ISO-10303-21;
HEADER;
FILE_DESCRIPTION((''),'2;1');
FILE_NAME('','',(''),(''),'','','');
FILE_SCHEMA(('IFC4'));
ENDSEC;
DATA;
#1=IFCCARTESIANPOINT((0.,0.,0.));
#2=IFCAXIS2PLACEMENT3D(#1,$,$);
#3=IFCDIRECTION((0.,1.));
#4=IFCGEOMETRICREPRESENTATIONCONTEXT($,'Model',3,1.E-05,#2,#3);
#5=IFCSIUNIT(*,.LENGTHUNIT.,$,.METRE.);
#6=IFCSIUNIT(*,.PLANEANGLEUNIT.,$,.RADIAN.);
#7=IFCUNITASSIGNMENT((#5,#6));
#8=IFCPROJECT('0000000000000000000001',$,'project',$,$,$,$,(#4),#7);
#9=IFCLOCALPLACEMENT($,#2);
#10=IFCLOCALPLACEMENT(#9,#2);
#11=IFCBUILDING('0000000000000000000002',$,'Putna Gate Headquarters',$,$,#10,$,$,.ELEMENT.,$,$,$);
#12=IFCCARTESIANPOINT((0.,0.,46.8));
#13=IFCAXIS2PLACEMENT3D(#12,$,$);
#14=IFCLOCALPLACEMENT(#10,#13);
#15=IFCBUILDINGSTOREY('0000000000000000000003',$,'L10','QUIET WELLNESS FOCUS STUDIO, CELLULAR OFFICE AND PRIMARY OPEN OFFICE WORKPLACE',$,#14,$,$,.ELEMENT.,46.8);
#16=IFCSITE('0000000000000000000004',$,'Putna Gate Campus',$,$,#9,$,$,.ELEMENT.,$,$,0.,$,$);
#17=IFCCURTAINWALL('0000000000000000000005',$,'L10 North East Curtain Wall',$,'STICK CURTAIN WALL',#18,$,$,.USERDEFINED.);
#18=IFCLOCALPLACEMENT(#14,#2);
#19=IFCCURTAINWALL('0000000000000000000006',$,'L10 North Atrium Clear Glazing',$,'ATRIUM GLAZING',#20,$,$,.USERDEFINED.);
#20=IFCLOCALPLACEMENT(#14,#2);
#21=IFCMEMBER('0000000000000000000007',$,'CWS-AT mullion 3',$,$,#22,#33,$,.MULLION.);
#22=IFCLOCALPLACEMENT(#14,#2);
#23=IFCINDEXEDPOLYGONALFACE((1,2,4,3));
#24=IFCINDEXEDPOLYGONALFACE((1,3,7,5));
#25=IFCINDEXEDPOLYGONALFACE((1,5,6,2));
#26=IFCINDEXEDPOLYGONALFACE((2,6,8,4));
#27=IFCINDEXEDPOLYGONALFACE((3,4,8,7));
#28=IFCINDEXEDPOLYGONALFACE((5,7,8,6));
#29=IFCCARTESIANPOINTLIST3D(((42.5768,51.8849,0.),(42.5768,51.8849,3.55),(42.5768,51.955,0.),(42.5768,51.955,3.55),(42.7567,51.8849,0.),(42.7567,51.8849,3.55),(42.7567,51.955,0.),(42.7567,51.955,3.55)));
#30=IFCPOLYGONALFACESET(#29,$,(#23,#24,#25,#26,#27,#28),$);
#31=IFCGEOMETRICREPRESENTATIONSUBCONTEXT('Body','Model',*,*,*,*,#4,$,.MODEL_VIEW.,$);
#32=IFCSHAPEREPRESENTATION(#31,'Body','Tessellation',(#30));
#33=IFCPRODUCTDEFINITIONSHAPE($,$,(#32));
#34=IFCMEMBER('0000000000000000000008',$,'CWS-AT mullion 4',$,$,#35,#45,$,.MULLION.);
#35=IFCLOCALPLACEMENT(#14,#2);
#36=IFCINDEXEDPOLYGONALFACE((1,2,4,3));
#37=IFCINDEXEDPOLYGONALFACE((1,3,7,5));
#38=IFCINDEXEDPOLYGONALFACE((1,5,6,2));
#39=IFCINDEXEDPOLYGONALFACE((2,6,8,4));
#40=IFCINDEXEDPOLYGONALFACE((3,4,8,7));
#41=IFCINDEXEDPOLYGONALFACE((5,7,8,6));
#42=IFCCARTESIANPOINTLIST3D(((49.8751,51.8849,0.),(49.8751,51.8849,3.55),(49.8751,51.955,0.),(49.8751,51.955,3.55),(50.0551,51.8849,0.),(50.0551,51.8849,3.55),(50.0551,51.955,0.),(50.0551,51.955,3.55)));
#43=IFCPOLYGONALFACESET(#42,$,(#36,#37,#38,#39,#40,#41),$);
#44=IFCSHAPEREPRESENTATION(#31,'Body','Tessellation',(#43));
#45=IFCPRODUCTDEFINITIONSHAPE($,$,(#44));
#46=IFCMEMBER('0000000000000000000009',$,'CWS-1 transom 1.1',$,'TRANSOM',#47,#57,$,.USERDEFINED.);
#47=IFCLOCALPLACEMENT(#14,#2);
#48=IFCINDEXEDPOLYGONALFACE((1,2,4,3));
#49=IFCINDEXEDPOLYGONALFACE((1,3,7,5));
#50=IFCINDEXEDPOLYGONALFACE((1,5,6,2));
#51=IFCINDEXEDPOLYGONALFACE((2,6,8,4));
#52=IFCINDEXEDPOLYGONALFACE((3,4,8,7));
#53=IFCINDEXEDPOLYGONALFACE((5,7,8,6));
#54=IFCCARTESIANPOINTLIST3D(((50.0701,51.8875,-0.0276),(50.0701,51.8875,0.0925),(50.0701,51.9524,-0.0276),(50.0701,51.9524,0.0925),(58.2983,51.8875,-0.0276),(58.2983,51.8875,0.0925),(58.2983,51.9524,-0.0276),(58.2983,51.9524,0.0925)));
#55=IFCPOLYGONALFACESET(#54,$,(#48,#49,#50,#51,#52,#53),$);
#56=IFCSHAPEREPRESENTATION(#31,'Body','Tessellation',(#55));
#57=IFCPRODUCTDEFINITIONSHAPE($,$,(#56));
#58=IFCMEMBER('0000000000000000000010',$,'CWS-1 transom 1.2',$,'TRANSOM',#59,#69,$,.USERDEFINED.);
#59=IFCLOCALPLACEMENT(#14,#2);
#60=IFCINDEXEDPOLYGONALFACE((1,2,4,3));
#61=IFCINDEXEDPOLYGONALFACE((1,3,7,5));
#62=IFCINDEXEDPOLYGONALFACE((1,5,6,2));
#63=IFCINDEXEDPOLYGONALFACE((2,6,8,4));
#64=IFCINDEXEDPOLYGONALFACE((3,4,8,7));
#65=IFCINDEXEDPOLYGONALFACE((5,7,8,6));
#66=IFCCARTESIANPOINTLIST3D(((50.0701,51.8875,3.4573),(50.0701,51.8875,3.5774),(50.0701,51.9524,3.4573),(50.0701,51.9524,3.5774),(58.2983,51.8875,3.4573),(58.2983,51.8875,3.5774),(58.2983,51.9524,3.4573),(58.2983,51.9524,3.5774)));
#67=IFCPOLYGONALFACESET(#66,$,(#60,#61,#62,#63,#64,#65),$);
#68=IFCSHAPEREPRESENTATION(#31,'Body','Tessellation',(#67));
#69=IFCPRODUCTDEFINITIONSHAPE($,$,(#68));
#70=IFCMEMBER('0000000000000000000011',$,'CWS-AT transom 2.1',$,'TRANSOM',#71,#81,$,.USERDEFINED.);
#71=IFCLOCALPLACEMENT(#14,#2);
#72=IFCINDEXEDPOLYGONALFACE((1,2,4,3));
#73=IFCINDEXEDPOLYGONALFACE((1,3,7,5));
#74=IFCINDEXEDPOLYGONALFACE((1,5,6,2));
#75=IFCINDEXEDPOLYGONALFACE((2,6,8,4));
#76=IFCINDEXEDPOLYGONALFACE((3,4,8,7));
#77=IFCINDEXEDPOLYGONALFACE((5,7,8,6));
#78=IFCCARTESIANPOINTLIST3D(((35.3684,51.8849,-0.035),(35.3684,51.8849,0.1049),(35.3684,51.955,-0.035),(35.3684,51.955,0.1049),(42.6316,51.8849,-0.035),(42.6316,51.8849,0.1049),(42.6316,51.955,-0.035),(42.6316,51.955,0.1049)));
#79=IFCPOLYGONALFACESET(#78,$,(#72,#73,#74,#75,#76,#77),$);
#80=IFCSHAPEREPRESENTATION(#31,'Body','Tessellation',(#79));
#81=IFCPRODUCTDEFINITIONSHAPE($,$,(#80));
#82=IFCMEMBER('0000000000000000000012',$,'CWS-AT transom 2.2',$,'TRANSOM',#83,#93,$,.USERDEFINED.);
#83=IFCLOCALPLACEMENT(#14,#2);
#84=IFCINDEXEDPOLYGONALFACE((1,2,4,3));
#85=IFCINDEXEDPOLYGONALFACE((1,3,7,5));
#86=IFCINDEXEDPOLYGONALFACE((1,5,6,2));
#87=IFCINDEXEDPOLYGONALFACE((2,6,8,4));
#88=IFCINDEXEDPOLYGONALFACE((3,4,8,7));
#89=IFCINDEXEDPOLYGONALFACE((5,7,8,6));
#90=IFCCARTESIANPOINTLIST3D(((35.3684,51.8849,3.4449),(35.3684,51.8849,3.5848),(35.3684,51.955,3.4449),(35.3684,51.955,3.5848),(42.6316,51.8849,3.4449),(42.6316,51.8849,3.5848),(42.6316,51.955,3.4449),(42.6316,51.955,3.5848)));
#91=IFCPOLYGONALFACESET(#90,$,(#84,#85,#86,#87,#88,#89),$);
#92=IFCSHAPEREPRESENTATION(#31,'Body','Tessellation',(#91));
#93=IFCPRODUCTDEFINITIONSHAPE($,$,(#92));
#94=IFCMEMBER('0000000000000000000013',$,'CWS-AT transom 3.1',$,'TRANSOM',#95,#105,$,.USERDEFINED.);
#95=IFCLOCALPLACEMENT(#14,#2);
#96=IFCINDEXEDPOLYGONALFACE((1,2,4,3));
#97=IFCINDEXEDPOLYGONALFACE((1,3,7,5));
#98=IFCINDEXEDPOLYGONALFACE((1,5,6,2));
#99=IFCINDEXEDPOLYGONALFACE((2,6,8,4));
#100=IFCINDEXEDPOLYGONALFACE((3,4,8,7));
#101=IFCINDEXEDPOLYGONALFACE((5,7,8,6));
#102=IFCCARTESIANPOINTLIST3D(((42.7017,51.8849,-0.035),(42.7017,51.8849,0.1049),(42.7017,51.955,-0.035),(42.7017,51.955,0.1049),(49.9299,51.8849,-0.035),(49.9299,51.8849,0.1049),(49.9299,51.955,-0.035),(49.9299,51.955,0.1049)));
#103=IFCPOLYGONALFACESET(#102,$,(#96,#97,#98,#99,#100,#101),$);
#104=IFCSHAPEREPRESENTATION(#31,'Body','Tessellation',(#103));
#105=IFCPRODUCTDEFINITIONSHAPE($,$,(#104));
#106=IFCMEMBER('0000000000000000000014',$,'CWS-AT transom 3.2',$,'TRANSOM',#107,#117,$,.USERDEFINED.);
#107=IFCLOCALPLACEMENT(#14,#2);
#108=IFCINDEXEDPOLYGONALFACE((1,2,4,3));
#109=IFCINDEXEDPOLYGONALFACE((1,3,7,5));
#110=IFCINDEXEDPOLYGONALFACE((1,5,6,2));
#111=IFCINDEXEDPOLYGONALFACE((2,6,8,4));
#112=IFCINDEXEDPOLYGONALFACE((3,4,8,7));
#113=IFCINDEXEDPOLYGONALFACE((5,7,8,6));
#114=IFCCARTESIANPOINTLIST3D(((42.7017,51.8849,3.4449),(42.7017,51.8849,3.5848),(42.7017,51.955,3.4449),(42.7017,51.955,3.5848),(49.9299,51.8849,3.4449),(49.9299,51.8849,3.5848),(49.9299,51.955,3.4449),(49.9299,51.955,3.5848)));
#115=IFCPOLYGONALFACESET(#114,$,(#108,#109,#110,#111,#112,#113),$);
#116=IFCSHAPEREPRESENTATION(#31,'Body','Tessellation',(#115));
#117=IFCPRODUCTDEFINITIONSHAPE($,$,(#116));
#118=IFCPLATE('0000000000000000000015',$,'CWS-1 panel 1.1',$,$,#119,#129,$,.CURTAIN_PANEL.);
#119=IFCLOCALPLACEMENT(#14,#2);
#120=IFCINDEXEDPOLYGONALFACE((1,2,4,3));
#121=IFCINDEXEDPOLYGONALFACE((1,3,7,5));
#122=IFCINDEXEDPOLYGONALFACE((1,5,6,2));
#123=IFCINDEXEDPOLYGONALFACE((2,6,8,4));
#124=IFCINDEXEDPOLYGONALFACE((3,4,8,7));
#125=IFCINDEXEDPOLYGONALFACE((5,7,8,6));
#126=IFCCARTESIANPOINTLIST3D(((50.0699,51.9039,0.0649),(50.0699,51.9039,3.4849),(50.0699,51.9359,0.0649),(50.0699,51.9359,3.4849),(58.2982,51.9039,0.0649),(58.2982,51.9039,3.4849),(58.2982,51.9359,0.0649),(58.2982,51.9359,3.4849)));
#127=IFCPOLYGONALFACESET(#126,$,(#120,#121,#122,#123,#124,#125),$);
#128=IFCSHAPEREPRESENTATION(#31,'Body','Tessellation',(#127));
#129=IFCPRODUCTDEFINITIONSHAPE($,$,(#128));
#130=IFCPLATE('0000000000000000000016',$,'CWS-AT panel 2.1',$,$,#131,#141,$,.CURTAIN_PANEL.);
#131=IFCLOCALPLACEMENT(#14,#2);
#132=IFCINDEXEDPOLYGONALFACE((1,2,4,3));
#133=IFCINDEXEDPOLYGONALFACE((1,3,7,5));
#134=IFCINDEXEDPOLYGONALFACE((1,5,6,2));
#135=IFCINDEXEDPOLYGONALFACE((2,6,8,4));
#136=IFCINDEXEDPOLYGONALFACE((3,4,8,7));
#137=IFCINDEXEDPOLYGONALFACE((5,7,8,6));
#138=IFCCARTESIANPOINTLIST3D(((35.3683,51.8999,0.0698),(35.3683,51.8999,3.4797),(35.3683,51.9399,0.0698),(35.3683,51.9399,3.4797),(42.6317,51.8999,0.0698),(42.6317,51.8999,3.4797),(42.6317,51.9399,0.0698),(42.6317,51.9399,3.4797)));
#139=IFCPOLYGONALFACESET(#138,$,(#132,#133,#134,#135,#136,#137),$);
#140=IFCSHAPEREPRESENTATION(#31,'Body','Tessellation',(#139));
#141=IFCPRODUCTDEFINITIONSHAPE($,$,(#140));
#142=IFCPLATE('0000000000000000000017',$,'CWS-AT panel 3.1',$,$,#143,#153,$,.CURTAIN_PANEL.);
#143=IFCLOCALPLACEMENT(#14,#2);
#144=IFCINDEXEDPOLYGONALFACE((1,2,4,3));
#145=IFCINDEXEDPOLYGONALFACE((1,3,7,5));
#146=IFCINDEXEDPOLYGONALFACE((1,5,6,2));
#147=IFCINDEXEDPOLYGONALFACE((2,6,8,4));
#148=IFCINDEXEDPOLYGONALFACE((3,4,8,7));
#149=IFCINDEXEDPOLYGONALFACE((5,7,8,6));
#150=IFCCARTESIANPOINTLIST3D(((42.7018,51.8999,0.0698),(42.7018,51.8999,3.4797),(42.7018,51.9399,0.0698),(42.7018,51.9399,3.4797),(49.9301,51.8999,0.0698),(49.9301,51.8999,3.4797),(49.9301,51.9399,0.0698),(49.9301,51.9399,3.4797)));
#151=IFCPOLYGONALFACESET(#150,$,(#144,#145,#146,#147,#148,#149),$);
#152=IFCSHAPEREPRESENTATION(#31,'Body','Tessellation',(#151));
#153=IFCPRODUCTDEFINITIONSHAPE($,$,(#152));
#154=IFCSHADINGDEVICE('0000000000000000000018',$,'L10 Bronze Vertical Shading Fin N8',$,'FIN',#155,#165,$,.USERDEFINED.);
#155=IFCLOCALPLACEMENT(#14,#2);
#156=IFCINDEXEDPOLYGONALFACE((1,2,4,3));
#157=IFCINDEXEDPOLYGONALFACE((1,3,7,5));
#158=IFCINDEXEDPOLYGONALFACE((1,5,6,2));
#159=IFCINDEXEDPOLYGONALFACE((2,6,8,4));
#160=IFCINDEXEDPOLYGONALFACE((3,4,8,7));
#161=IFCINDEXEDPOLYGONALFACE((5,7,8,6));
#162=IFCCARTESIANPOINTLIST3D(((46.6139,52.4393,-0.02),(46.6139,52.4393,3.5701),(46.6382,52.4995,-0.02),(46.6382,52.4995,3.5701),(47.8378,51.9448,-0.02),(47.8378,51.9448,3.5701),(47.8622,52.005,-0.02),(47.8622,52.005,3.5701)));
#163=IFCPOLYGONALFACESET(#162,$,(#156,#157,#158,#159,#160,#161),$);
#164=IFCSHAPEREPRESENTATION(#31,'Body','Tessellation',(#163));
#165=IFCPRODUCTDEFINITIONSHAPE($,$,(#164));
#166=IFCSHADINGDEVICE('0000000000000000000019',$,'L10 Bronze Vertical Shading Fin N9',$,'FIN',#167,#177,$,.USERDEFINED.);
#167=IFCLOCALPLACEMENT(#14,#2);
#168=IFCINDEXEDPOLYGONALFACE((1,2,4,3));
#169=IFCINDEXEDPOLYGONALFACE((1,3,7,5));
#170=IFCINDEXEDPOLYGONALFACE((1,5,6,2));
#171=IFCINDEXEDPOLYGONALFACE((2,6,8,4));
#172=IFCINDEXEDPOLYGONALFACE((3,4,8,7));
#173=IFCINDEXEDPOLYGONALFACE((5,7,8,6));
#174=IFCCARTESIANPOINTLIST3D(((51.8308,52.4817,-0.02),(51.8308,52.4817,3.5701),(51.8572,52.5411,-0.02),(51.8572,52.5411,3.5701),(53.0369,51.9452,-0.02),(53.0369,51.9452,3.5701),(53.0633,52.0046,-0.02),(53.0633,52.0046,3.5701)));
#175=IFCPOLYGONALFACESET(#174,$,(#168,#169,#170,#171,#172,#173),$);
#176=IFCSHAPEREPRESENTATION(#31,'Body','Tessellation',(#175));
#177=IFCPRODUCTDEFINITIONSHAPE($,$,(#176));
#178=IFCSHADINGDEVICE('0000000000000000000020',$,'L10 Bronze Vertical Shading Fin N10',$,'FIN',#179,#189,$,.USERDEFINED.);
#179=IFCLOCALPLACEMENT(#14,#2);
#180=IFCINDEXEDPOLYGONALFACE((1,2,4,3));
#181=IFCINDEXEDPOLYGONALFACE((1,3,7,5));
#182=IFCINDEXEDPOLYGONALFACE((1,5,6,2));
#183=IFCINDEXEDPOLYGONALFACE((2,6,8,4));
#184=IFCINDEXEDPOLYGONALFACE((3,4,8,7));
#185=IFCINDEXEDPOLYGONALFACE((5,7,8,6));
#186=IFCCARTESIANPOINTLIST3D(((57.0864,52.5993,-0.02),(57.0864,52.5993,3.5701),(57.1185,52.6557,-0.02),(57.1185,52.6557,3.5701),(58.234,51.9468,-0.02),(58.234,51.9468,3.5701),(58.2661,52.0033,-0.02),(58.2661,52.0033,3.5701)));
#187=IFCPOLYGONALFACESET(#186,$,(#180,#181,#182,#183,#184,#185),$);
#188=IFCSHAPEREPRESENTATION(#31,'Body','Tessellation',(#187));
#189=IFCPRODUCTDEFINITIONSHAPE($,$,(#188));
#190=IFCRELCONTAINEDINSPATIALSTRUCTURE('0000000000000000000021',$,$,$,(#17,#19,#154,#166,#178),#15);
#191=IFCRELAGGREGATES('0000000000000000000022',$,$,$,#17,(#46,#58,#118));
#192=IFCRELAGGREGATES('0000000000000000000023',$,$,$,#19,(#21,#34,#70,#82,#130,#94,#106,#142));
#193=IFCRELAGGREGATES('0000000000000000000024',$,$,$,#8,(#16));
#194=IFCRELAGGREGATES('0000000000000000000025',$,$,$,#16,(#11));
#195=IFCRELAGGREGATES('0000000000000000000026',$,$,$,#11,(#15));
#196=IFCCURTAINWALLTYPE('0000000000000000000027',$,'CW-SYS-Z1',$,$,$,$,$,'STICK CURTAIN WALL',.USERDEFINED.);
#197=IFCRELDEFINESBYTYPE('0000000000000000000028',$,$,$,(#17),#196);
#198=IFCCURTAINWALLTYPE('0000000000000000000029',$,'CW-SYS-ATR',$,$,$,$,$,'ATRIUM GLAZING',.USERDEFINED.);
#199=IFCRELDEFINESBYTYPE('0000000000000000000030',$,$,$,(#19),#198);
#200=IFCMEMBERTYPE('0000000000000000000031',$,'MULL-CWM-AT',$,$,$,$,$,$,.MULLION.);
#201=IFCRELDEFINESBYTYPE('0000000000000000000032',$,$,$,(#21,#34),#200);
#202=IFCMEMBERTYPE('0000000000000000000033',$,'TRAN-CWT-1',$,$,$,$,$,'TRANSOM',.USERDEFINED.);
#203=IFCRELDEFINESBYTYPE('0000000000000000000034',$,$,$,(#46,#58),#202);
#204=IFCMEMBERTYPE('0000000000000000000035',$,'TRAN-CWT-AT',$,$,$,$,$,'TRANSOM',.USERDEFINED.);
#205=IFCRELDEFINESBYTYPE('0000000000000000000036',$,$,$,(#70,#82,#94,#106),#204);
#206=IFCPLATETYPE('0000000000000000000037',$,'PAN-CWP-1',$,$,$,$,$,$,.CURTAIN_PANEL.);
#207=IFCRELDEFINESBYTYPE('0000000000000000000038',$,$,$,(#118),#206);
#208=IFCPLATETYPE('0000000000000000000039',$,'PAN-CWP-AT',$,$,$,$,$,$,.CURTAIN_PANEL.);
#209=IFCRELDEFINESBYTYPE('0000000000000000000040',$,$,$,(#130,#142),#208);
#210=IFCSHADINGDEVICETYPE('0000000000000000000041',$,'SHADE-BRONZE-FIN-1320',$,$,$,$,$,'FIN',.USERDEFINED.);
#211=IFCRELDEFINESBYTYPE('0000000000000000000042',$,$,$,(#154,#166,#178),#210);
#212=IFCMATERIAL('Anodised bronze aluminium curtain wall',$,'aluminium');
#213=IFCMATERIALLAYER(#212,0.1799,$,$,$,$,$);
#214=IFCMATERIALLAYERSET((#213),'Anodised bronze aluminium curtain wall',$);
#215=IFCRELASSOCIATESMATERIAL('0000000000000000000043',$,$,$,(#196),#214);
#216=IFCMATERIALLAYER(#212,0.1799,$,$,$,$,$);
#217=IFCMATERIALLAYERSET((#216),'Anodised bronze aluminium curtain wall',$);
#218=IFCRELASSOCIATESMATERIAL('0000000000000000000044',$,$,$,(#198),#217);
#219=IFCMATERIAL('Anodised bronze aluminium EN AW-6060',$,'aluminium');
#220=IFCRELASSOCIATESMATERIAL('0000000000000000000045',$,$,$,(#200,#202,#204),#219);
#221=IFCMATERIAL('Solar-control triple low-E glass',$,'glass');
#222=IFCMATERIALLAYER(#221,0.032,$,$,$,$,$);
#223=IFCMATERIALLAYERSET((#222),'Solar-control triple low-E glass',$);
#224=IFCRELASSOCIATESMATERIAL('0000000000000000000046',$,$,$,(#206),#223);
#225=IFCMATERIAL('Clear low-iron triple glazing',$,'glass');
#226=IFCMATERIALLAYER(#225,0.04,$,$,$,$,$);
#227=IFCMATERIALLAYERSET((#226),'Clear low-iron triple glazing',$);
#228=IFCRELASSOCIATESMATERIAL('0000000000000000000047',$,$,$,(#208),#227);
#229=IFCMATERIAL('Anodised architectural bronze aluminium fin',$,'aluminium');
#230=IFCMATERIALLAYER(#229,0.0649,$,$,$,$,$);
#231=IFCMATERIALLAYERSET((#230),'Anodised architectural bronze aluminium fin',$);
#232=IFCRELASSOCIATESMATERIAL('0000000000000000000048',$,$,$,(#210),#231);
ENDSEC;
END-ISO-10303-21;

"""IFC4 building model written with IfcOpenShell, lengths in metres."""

from ifc_helpers import new_model, si_unit, direction, frame, origin, origin_2d, place, context, subcontext, project, spatial, rectangle, extrude, material, layer, layer_set, material_profile, profile_set, type_object, element, aggregate, save


model = new_model("IFC4")

# Units and contexts
model_context = context("Model", 3, precision=1e-05, world=origin(), true_north=direction((0.0, 1.0)))
body_context = subcontext(model_context, "Body", "Model", "MODEL_VIEW")
ifc_project = project(units=[si_unit("LENGTHUNIT", "METRE"), si_unit("PLANEANGLEUNIT", "RADIAN")], contexts=[model_context])

# Site, building, storey
site_placement = place(None, origin())
site = spatial("IfcSite", under=ifc_project, at=site_placement, Name="Putna Gate Campus", CompositionType="ELEMENT", RefElevation=0.0)
building_placement = place(site_placement, origin())
building = spatial("IfcBuilding", under=site, at=building_placement, Name="Putna Gate Headquarters", CompositionType="ELEMENT")
storey_placement = place(building_placement, frame((0.0, 0.0, 46.8)))
storey = spatial("IfcBuildingStorey", under=building, at=storey_placement, Name="L10", Description="QUIET WELLNESS FOCUS STUDIO, CELLULAR OFFICE AND PRIMARY OPEN OFFICE WORKPLACE", CompositionType="ELEMENT", Elevation=46.8)

# Curtain wall
ifc_material_1 = material(Name="Anodised bronze aluminium curtain wall", Category="aluminium")
ifc_layer_1 = layer(ifc_material_1, 0.1799)
ifc_layer_set_1 = layer_set([ifc_layer_1], Name="Anodised bronze aluminium curtain wall")
curtain_wall_type_1 = type_object("IfcCurtainWallType", Name="CW-SYS-Z1", ElementType="STICK CURTAIN WALL", PredefinedType="USERDEFINED", material=ifc_layer_set_1)
curtain_wall_1_placement = place(storey_placement, origin())
curtain_wall_1 = element("IfcCurtainWall", 1, at=curtain_wall_1_placement, inside=storey, type_object=curtain_wall_type_1, Name="L10 North East Curtain Wall", ObjectType="STICK CURTAIN WALL", PredefinedType="USERDEFINED")
ifc_material_2 = material(Name="Anodised bronze aluminium EN AW-6060", Category="aluminium")

# Curtain wall, members
ifc_layer_2 = layer(ifc_material_1, 0.1799)
ifc_layer_set_2 = layer_set([ifc_layer_2], Name="Anodised bronze aluminium curtain wall")
curtain_wall_type_2 = type_object("IfcCurtainWallType", Name="CW-SYS-ATR", ElementType="ATRIUM GLAZING", PredefinedType="USERDEFINED", material=ifc_layer_set_2)
curtain_wall_2_placement = place(storey_placement, origin())
curtain_wall_2 = element("IfcCurtainWall", 2, at=curtain_wall_2_placement, inside=storey, type_object=curtain_wall_type_2, Name="L10 North Atrium Clear Glazing", ObjectType="ATRIUM GLAZING", PredefinedType="USERDEFINED")
ifc_material_profile_1 = material_profile(ifc_material_2, rectangle(XDim=0.0701, YDim=0.1799, at=origin_2d()), Name="Anodised bronze aluminium EN AW-6060")
ifc_profile_set_1 = profile_set([ifc_material_profile_1], Name="Anodised bronze aluminium EN AW-6060")
member_type_1 = type_object("IfcMemberType", Name="MULL-CWM-AT", PredefinedType="MULLION", material=ifc_profile_set_1)
member_1_placement = place(storey_placement, frame((42.6667, 51.9199, 0.0), z_axis=(0.0, 0.0, 1.0), x_axis=(0.0, 1.0, 0.0)))
member_1 = element("IfcMember", 3, at=member_1_placement, type_object=member_type_1, Name="CWS-AT mullion 3", PredefinedType="MULLION", context=body_context, shape_type="SweptSolid", body=[
    extrude(rectangle(XDim=0.0701, YDim=0.1799, at=origin_2d()), origin(), (0.0, 0.0, 1.0), 3.55),
])
member_2_placement = place(storey_placement, frame((49.9651, 51.9199, 0.0), z_axis=(0.0, 0.0, 1.0), x_axis=(0.0, 1.0, 0.0)))
member_2 = element("IfcMember", 4, at=member_2_placement, type_object=member_type_1, Name="CWS-AT mullion 4", PredefinedType="MULLION", context=body_context, shape_type="SweptSolid", body=[
    extrude(rectangle(XDim=0.0701, YDim=0.1799, at=origin_2d()), origin(), (0.0, 0.0, 1.0), 3.55),
])

# Members
ifc_material_profile_2 = material_profile(ifc_material_2, rectangle(XDim=0.0649, YDim=0.1201, at=origin_2d()), Name="Anodised bronze aluminium EN AW-6060")
ifc_profile_set_2 = profile_set([ifc_material_profile_2], Name="Anodised bronze aluminium EN AW-6060")
member_type_2 = type_object("IfcMemberType", Name="TRAN-CWT-1", ElementType="TRANSOM", PredefinedType="USERDEFINED", material=ifc_profile_set_2)
member_3_placement = place(storey_placement, frame((50.0701, 51.9199, 0.0325), z_axis=(1.0, 0.0, 0.0), x_axis=(0.0, 1.0, 0.0)))
member_3 = element("IfcMember", 5, at=member_3_placement, type_object=member_type_2, Name="CWS-1 transom 1.1", ObjectType="TRANSOM", PredefinedType="USERDEFINED", context=body_context, shape_type="SweptSolid", body=[
    extrude(rectangle(XDim=0.0649, YDim=0.1201, at=origin_2d()), origin(), (0.0, 0.0, 1.0), 8.2283),
])
member_4_placement = place(storey_placement, frame((50.0701, 51.9199, 3.5173), z_axis=(1.0, 0.0, 0.0), x_axis=(0.0, 1.0, 0.0)))
member_4 = element("IfcMember", 6, at=member_4_placement, type_object=member_type_2, Name="CWS-1 transom 1.2", ObjectType="TRANSOM", PredefinedType="USERDEFINED", context=body_context, shape_type="SweptSolid", body=[
    extrude(rectangle(XDim=0.0649, YDim=0.1201, at=origin_2d()), origin(), (0.0, 0.0, 1.0), 8.2283),
])
ifc_material_profile_3 = material_profile(ifc_material_2, rectangle(XDim=0.0701, YDim=0.1399, at=origin_2d()), Name="Anodised bronze aluminium EN AW-6060")
ifc_profile_set_3 = profile_set([ifc_material_profile_3], Name="Anodised bronze aluminium EN AW-6060")
member_type_3 = type_object("IfcMemberType", Name="TRAN-CWT-AT", ElementType="TRANSOM", PredefinedType="USERDEFINED", material=ifc_profile_set_3)
member_5_placement = place(storey_placement, frame((35.3684, 51.9199, 0.0349), z_axis=(1.0, 0.0, 0.0), x_axis=(0.0, 1.0, 0.0)))
member_5 = element("IfcMember", 7, at=member_5_placement, type_object=member_type_3, Name="CWS-AT transom 2.1", ObjectType="TRANSOM", PredefinedType="USERDEFINED", context=body_context, shape_type="SweptSolid", body=[
    extrude(rectangle(XDim=0.0701, YDim=0.1399, at=origin_2d()), origin(), (0.0, 0.0, 1.0), 7.2632),
])
member_6_placement = place(storey_placement, frame((35.3684, 51.9199, 3.5149), z_axis=(1.0, 0.0, 0.0), x_axis=(0.0, 1.0, 0.0)))
member_6 = element("IfcMember", 8, at=member_6_placement, type_object=member_type_3, Name="CWS-AT transom 2.2", ObjectType="TRANSOM", PredefinedType="USERDEFINED", context=body_context, shape_type="SweptSolid", body=[
    extrude(rectangle(XDim=0.0701, YDim=0.1399, at=origin_2d()), origin(), (0.0, 0.0, 1.0), 7.2632),
])
member_7_placement = place(storey_placement, frame((42.7017, 51.9199, 0.0349), z_axis=(1.0, 0.0, 0.0), x_axis=(0.0, 1.0, 0.0)))
member_7 = element("IfcMember", 9, at=member_7_placement, type_object=member_type_3, Name="CWS-AT transom 3.1", ObjectType="TRANSOM", PredefinedType="USERDEFINED", context=body_context, shape_type="SweptSolid", body=[
    extrude(rectangle(XDim=0.0701, YDim=0.1399, at=origin_2d()), origin(), (0.0, 0.0, 1.0), 7.2283),
])
member_8_placement = place(storey_placement, frame((42.7017, 51.9199, 3.5149), z_axis=(1.0, 0.0, 0.0), x_axis=(0.0, 1.0, 0.0)))
member_8 = element("IfcMember", 10, at=member_8_placement, type_object=member_type_3, Name="CWS-AT transom 3.2", ObjectType="TRANSOM", PredefinedType="USERDEFINED", context=body_context, shape_type="SweptSolid", body=[
    extrude(rectangle(XDim=0.0701, YDim=0.1399, at=origin_2d()), origin(), (0.0, 0.0, 1.0), 7.2283),
])

# Plates
ifc_material_3 = material(Name="Solar-control triple low-E glass", Category="glass")
ifc_layer_3 = layer(ifc_material_3, 0.032)
ifc_layer_set_3 = layer_set([ifc_layer_3], Name="Solar-control triple low-E glass")
plate_type_1 = type_object("IfcPlateType", Name="PAN-CWP-1", PredefinedType="CURTAIN_PANEL", material=ifc_layer_set_3)
plate_1_placement = place(storey_placement, frame((54.1841, 51.9199, 0.0649), z_axis=(0.0, 0.0, 1.0), x_axis=(1.0, 0.0, 0.0)))
plate_1 = element("IfcPlate", 11, at=plate_1_placement, type_object=plate_type_1, Name="CWS-1 panel 1.1", PredefinedType="CURTAIN_PANEL", context=body_context, shape_type="SweptSolid", body=[
    extrude(rectangle(XDim=8.2283, YDim=0.032, at=origin_2d()), origin(), (0.0, 0.0, 1.0), 3.4199),
])
aggregate(curtain_wall_1, [member_3, member_4, plate_1])
ifc_material_4 = material(Name="Clear low-iron triple glazing", Category="glass")
ifc_layer_4 = layer(ifc_material_4, 0.04)
ifc_layer_set_4 = layer_set([ifc_layer_4], Name="Clear low-iron triple glazing")
plate_type_2 = type_object("IfcPlateType", Name="PAN-CWP-AT", PredefinedType="CURTAIN_PANEL", material=ifc_layer_set_4)
plate_2_placement = place(storey_placement, frame((39.0, 51.9199, 0.0698), z_axis=(0.0, 0.0, 1.0), x_axis=(1.0, 0.0, 0.0)))
plate_2 = element("IfcPlate", 12, at=plate_2_placement, type_object=plate_type_2, Name="CWS-AT panel 2.1", PredefinedType="CURTAIN_PANEL", context=body_context, shape_type="SweptSolid", body=[
    extrude(rectangle(XDim=7.2634, YDim=0.04, at=origin_2d()), origin(), (0.0, 0.0, 1.0), 3.4099),
])
plate_3_placement = place(storey_placement, frame((46.3159, 51.9199, 0.0698), z_axis=(0.0, 0.0, 1.0), x_axis=(1.0, 0.0, 0.0)))
plate_3 = element("IfcPlate", 13, at=plate_3_placement, type_object=plate_type_2, Name="CWS-AT panel 3.1", PredefinedType="CURTAIN_PANEL", context=body_context, shape_type="SweptSolid", body=[
    extrude(rectangle(XDim=7.2283, YDim=0.04, at=origin_2d()), origin(), (0.0, 0.0, 1.0), 3.4099),
])
aggregate(curtain_wall_2, [member_1, member_2, member_5, member_6, plate_2, member_7, member_8, plate_3])

# Shading devices
ifc_material_5 = material(Name="Anodised architectural bronze aluminium fin", Category="aluminium")
ifc_layer_5 = layer(ifc_material_5, 0.0649)
ifc_layer_set_5 = layer_set([ifc_layer_5], Name="Anodised architectural bronze aluminium fin")
shading_device_type = type_object("IfcShadingDeviceType", Name="SHADE-BRONZE-FIN-1320", ElementType="FIN", PredefinedType="USERDEFINED", material=ifc_layer_set_5)
for number, where, z_axis, x_axis, name in (
    (14, (47.238, 52.2222, -0.02), (0.0, 0.0, 1.0), (-0.927184, 0.374607, 0.0), "L10 Bronze Vertical Shading Fin N8"),
    (15, (52.447, 52.2432, -0.02), (0.0, 0.0, 1.0), (-0.913687, 0.406418, 0.0), "L10 Bronze Vertical Shading Fin N9"),
    (16, (57.6763, 52.3013, -0.02), (0.0, 0.0, 1.0), (-0.869322, 0.494245, 0.0), "L10 Bronze Vertical Shading Fin N10"),
):
    element("IfcShadingDevice", number, at=place(storey_placement, frame(where, z_axis=z_axis, x_axis=x_axis)), inside=storey, type_object=shading_device_type, Name=name, ObjectType="FIN", PredefinedType="USERDEFINED", context=body_context, shape_type="SweptSolid", body=[
        extrude(rectangle(XDim=1.3201, YDim=0.0649, at=origin_2d()), origin(), (0.0, 0.0, 1.0), 3.5901),
    ])

save(model, "model.ifc")
